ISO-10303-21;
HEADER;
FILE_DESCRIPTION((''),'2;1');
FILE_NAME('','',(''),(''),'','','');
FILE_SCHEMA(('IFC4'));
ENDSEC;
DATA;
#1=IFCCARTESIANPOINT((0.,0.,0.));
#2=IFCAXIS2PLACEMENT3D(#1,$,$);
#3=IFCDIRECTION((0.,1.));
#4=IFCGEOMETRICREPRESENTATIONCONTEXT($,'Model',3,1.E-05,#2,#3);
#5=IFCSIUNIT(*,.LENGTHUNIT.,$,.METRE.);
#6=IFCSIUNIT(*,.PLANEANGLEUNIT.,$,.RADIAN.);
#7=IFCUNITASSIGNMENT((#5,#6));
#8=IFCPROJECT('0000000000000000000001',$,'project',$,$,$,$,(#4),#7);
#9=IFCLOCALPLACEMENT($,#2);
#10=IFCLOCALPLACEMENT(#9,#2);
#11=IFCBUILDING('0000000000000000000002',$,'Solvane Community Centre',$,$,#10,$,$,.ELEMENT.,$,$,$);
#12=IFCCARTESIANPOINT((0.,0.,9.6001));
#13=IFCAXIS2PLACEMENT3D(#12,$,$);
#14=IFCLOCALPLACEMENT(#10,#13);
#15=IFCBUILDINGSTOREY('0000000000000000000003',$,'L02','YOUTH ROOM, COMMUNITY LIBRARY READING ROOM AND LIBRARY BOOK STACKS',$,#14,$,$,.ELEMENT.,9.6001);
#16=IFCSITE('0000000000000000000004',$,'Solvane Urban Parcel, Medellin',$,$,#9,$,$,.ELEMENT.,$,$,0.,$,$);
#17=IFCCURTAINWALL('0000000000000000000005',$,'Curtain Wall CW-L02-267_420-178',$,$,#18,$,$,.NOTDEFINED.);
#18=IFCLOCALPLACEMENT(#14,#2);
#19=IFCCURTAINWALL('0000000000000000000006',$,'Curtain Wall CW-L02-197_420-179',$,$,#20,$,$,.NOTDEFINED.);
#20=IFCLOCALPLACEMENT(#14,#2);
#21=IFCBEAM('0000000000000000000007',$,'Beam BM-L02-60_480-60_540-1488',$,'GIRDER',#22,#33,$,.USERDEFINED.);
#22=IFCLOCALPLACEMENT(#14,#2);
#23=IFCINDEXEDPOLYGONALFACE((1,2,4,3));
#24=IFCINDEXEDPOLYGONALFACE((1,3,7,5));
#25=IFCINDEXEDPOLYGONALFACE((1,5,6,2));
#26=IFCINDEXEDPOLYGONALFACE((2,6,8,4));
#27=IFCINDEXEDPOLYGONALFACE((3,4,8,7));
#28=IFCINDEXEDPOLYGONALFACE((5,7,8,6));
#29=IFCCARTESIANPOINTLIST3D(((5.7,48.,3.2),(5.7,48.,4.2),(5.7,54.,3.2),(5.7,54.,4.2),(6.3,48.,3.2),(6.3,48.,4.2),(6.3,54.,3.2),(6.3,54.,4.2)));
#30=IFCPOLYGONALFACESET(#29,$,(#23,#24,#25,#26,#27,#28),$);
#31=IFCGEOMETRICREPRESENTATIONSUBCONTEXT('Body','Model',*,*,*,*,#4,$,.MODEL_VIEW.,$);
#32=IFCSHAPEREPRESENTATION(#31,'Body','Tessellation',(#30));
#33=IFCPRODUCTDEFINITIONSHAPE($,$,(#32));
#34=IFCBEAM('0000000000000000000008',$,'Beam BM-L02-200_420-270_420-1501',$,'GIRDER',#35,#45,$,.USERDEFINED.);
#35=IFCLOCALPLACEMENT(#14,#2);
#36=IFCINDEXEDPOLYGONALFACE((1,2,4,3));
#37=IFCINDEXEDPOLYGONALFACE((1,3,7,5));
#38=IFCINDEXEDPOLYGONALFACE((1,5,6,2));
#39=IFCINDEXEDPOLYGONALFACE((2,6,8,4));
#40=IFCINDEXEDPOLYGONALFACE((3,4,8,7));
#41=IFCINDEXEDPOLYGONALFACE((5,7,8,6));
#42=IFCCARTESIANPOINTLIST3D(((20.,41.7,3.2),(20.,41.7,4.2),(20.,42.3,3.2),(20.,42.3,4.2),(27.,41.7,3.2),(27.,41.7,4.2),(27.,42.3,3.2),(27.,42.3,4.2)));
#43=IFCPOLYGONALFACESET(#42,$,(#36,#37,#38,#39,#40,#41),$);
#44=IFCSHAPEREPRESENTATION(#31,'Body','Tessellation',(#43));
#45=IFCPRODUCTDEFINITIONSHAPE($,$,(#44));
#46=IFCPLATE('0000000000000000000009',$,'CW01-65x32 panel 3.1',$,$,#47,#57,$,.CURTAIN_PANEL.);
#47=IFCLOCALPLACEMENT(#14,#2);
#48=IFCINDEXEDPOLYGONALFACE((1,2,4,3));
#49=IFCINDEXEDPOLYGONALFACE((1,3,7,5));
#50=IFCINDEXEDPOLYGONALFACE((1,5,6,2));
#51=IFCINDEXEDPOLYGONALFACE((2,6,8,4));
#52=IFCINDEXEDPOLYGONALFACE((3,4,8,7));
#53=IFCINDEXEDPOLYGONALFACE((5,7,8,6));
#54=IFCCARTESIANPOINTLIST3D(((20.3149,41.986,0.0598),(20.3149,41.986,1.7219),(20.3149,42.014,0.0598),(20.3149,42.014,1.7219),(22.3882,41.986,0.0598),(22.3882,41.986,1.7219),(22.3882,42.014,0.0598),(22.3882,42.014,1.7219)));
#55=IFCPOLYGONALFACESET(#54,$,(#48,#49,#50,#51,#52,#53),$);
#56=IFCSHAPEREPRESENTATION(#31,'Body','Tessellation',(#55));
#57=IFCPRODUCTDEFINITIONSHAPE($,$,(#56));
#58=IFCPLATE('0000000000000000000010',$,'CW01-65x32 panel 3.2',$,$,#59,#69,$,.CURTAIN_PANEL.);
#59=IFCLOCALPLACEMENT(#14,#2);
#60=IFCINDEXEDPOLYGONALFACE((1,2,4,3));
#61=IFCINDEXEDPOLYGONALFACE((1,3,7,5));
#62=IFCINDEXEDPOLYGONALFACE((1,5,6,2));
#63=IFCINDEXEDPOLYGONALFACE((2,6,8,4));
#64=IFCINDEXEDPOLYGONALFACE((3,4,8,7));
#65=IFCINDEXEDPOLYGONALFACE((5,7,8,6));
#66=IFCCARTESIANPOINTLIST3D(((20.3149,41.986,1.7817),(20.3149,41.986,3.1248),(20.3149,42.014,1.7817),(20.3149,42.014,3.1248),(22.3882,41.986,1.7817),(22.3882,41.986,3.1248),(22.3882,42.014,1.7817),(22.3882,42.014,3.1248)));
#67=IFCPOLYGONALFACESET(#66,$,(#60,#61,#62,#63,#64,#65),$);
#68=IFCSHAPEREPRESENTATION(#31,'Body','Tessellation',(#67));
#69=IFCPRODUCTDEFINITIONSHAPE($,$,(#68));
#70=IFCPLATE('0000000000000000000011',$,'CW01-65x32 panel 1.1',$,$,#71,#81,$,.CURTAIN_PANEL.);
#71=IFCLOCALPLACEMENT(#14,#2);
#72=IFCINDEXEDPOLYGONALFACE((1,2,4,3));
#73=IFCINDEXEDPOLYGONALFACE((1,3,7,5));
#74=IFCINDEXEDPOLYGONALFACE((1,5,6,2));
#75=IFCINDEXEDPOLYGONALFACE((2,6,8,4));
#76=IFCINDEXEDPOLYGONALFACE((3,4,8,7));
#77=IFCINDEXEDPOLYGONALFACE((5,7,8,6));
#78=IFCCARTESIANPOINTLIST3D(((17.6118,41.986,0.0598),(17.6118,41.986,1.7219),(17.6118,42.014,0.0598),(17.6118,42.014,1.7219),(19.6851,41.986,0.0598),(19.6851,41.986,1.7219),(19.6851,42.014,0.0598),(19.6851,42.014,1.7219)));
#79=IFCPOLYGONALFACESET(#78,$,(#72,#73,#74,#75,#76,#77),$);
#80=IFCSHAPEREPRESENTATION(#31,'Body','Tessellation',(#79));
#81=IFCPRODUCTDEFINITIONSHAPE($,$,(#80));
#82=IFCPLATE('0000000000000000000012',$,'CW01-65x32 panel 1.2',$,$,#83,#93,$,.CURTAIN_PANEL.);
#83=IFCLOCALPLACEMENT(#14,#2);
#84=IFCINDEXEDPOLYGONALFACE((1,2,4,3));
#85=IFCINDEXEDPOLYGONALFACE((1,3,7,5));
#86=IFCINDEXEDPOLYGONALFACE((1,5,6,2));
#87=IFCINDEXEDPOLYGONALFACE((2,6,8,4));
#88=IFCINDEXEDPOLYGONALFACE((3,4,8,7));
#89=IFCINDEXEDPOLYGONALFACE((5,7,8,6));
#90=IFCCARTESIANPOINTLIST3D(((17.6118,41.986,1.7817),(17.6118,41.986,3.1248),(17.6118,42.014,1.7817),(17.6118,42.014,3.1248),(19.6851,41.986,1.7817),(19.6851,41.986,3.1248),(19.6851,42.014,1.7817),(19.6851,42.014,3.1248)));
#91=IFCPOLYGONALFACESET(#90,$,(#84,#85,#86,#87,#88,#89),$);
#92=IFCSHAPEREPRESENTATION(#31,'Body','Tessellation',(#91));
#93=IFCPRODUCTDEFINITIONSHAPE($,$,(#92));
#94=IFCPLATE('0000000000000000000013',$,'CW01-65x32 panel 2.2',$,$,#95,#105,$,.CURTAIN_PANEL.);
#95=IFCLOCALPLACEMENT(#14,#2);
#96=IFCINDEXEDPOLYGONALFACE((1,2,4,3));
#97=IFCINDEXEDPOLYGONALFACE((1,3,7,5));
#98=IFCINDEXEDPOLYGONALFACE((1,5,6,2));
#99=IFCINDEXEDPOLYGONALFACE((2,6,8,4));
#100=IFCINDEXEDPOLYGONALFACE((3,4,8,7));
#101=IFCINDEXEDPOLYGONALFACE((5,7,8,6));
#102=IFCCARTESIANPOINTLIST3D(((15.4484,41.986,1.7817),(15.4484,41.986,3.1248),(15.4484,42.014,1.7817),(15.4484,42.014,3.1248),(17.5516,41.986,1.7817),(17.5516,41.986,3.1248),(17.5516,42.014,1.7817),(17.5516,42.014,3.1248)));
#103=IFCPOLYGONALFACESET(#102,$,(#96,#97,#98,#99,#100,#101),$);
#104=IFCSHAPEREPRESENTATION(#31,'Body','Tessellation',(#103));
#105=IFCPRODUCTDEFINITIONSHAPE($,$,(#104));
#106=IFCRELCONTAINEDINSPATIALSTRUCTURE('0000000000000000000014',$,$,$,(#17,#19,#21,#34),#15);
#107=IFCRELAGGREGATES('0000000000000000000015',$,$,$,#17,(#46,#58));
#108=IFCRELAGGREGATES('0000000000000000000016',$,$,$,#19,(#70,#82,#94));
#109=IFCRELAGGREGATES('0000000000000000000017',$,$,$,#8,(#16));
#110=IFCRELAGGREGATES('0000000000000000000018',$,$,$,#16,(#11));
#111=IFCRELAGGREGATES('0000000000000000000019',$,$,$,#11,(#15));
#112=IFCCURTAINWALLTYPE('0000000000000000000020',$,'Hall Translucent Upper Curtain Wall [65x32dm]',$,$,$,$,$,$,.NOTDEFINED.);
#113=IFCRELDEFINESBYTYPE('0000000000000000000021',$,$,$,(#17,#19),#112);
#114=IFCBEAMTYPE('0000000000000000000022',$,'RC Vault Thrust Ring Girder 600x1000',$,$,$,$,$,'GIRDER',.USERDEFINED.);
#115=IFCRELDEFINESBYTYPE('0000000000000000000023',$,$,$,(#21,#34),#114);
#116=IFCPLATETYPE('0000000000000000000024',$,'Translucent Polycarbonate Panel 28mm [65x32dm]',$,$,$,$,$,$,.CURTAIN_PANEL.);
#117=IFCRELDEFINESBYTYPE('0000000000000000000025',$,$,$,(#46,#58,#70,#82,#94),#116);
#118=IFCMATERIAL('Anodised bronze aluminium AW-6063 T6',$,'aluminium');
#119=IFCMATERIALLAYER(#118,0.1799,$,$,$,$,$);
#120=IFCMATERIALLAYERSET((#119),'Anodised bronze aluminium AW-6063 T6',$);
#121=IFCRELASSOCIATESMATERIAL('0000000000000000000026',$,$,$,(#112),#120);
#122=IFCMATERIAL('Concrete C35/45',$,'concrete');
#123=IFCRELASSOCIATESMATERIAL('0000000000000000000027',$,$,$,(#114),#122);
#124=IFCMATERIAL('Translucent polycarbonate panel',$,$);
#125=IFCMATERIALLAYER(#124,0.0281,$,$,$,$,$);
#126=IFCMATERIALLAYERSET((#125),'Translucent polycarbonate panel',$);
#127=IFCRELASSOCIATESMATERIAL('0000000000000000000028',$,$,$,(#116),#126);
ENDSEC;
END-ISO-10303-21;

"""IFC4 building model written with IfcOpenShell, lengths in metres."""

from ifc_helpers import new_model, si_unit, direction, frame, origin, origin_2d, place, context, subcontext, project, spatial, rectangle, extrude, material, layer, layer_set, material_profile, profile_set, type_object, element, aggregate, save


model = new_model("IFC4")

# Units and contexts
model_context = context("Model", 3, precision=1e-05, world=origin(), true_north=direction((0.0, 1.0)))
body_context = subcontext(model_context, "Body", "Model", "MODEL_VIEW")
ifc_project = project(units=[si_unit("LENGTHUNIT", "METRE"), si_unit("PLANEANGLEUNIT", "RADIAN")], contexts=[model_context])

# Site, building, storey
site_placement = place(None, origin())
site = spatial("IfcSite", under=ifc_project, at=site_placement, Name="Solvane Urban Parcel, Medellin", CompositionType="ELEMENT", RefElevation=0.0)
building_placement = place(site_placement, origin())
building = spatial("IfcBuilding", under=site, at=building_placement, Name="Solvane Community Centre", CompositionType="ELEMENT")
storey_placement = place(building_placement, frame((0.0, 0.0, 9.6001)))
storey = spatial("IfcBuildingStorey", under=building, at=storey_placement, Name="L02", Description="YOUTH ROOM, COMMUNITY LIBRARY READING ROOM AND LIBRARY BOOK STACKS", CompositionType="ELEMENT", Elevation=9.6001)

# Curtain wall
ifc_material_1 = material(Name="Anodised bronze aluminium AW-6063 T6", Category="aluminium")
ifc_layer_1 = layer(ifc_material_1, 0.1799)
ifc_layer_set_1 = layer_set([ifc_layer_1], Name="Anodised bronze aluminium AW-6063 T6")
curtain_wall_type = type_object("IfcCurtainWallType", Name="Hall Translucent Upper Curtain Wall [65x32dm]", PredefinedType="NOTDEFINED", material=ifc_layer_set_1)
curtain_wall_1_placement = place(storey_placement, origin())
curtain_wall_1 = element("IfcCurtainWall", 1, at=curtain_wall_1_placement, inside=storey, type_object=curtain_wall_type, Name="Curtain Wall CW-L02-267_420-178", PredefinedType="NOTDEFINED")

# Curtain wall
curtain_wall_2_placement = place(storey_placement, origin())
curtain_wall_2 = element("IfcCurtainWall", 2, at=curtain_wall_2_placement, inside=storey, type_object=curtain_wall_type, Name="Curtain Wall CW-L02-197_420-179", PredefinedType="NOTDEFINED")

# Beams
ifc_material_2 = material(Name="Concrete C35/45", Category="concrete")
ifc_material_profile_1 = material_profile(ifc_material_2, rectangle(XDim=0.6001, YDim=1.0, at=origin_2d()), Name="RC 600x1000")
ifc_profile_set_1 = profile_set([ifc_material_profile_1], Name="Concrete C35/45")
beam_type = type_object("IfcBeamType", Name="RC Vault Thrust Ring Girder 600x1000", ElementType="GIRDER", PredefinedType="USERDEFINED", material=ifc_profile_set_1)
beam_1_placement = place(storey_placement, frame((6.0, 48.0, 3.7), z_axis=(0.0, 1.0, 0.0), x_axis=(-1.0, 0.0, 0.0)))
element("IfcBeam", 3, at=beam_1_placement, inside=storey, type_object=beam_type, Name="Beam BM-L02-60_480-60_540-1488", ObjectType="GIRDER", PredefinedType="USERDEFINED", context=body_context, shape_type="SweptSolid", body=[
    extrude(rectangle(XDim=0.6001, YDim=1.0, at=origin_2d()), origin(), (0.0, 0.0, 1.0), 6.0),
])
beam_2_placement = place(storey_placement, frame((20.0, 42.0, 3.7), z_axis=(1.0, 0.0, 0.0), x_axis=(0.0, 1.0, 0.0)))
element("IfcBeam", 4, at=beam_2_placement, inside=storey, type_object=beam_type, Name="Beam BM-L02-200_420-270_420-1501", ObjectType="GIRDER", PredefinedType="USERDEFINED", context=body_context, shape_type="SweptSolid", body=[
    extrude(rectangle(XDim=0.6001, YDim=1.0, at=origin_2d()), origin(), (0.0, 0.0, 1.0), 7.0),
])

# Plates
ifc_material_3 = material(Name="Translucent polycarbonate panel")
ifc_layer_2 = layer(ifc_material_3, 0.0281)
ifc_layer_set_2 = layer_set([ifc_layer_2], Name="Translucent polycarbonate panel")
plate_type = type_object("IfcPlateType", Name="Translucent Polycarbonate Panel 28mm [65x32dm]", PredefinedType="CURTAIN_PANEL", material=ifc_layer_set_2)
plate_1_placement = place(storey_placement, frame((21.3516, 42.0, 0.0598), z_axis=(0.0, 0.0, 1.0), x_axis=(-1.0, 0.0, 0.0)))
plate_1 = element("IfcPlate", 5, at=plate_1_placement, type_object=plate_type, Name="CW01-65x32 panel 3.1", PredefinedType="CURTAIN_PANEL", context=body_context, shape_type="SweptSolid", body=[
    extrude(rectangle(XDim=2.0732, YDim=0.0281, at=origin_2d()), origin(), (0.0, 0.0, 1.0), 1.6621),
])
plate_2_placement = place(storey_placement, frame((21.3516, 42.0, 1.7817), z_axis=(0.0, 0.0, 1.0), x_axis=(-1.0, 0.0, 0.0)))
plate_2 = element("IfcPlate", 6, at=plate_2_placement, type_object=plate_type, Name="CW01-65x32 panel 3.2", PredefinedType="CURTAIN_PANEL", context=body_context, shape_type="SweptSolid", body=[
    extrude(rectangle(XDim=2.0732, YDim=0.0281, at=origin_2d()), origin(), (0.0, 0.0, 1.0), 1.343),
])
aggregate(curtain_wall_1, [plate_1, plate_2])
plate_3_placement = place(storey_placement, frame((18.6484, 42.0, 0.0598), z_axis=(0.0, 0.0, 1.0), x_axis=(-1.0, 0.0, 0.0)))
plate_3 = element("IfcPlate", 7, at=plate_3_placement, type_object=plate_type, Name="CW01-65x32 panel 1.1", PredefinedType="CURTAIN_PANEL", context=body_context, shape_type="SweptSolid", body=[
    extrude(rectangle(XDim=2.0732, YDim=0.0281, at=origin_2d()), origin(), (0.0, 0.0, 1.0), 1.6621),
])
plate_4_placement = place(storey_placement, frame((18.6484, 42.0, 1.7817), z_axis=(0.0, 0.0, 1.0), x_axis=(-1.0, 0.0, 0.0)))
plate_4 = element("IfcPlate", 8, at=plate_4_placement, type_object=plate_type, Name="CW01-65x32 panel 1.2", PredefinedType="CURTAIN_PANEL", context=body_context, shape_type="SweptSolid", body=[
    extrude(rectangle(XDim=2.0732, YDim=0.0281, at=origin_2d()), origin(), (0.0, 0.0, 1.0), 1.343),
])
plate_5_placement = place(storey_placement, frame((16.5, 42.0, 1.7817), z_axis=(0.0, 0.0, 1.0), x_axis=(-1.0, 0.0, 0.0)))
plate_5 = element("IfcPlate", 9, at=plate_5_placement, type_object=plate_type, Name="CW01-65x32 panel 2.2", PredefinedType="CURTAIN_PANEL", context=body_context, shape_type="SweptSolid", body=[
    extrude(rectangle(XDim=2.1033, YDim=0.0281, at=origin_2d()), origin(), (0.0, 0.0, 1.0), 1.343),
])
aggregate(curtain_wall_2, [plate_3, plate_4, plate_5])

save(model, "model.ifc")
